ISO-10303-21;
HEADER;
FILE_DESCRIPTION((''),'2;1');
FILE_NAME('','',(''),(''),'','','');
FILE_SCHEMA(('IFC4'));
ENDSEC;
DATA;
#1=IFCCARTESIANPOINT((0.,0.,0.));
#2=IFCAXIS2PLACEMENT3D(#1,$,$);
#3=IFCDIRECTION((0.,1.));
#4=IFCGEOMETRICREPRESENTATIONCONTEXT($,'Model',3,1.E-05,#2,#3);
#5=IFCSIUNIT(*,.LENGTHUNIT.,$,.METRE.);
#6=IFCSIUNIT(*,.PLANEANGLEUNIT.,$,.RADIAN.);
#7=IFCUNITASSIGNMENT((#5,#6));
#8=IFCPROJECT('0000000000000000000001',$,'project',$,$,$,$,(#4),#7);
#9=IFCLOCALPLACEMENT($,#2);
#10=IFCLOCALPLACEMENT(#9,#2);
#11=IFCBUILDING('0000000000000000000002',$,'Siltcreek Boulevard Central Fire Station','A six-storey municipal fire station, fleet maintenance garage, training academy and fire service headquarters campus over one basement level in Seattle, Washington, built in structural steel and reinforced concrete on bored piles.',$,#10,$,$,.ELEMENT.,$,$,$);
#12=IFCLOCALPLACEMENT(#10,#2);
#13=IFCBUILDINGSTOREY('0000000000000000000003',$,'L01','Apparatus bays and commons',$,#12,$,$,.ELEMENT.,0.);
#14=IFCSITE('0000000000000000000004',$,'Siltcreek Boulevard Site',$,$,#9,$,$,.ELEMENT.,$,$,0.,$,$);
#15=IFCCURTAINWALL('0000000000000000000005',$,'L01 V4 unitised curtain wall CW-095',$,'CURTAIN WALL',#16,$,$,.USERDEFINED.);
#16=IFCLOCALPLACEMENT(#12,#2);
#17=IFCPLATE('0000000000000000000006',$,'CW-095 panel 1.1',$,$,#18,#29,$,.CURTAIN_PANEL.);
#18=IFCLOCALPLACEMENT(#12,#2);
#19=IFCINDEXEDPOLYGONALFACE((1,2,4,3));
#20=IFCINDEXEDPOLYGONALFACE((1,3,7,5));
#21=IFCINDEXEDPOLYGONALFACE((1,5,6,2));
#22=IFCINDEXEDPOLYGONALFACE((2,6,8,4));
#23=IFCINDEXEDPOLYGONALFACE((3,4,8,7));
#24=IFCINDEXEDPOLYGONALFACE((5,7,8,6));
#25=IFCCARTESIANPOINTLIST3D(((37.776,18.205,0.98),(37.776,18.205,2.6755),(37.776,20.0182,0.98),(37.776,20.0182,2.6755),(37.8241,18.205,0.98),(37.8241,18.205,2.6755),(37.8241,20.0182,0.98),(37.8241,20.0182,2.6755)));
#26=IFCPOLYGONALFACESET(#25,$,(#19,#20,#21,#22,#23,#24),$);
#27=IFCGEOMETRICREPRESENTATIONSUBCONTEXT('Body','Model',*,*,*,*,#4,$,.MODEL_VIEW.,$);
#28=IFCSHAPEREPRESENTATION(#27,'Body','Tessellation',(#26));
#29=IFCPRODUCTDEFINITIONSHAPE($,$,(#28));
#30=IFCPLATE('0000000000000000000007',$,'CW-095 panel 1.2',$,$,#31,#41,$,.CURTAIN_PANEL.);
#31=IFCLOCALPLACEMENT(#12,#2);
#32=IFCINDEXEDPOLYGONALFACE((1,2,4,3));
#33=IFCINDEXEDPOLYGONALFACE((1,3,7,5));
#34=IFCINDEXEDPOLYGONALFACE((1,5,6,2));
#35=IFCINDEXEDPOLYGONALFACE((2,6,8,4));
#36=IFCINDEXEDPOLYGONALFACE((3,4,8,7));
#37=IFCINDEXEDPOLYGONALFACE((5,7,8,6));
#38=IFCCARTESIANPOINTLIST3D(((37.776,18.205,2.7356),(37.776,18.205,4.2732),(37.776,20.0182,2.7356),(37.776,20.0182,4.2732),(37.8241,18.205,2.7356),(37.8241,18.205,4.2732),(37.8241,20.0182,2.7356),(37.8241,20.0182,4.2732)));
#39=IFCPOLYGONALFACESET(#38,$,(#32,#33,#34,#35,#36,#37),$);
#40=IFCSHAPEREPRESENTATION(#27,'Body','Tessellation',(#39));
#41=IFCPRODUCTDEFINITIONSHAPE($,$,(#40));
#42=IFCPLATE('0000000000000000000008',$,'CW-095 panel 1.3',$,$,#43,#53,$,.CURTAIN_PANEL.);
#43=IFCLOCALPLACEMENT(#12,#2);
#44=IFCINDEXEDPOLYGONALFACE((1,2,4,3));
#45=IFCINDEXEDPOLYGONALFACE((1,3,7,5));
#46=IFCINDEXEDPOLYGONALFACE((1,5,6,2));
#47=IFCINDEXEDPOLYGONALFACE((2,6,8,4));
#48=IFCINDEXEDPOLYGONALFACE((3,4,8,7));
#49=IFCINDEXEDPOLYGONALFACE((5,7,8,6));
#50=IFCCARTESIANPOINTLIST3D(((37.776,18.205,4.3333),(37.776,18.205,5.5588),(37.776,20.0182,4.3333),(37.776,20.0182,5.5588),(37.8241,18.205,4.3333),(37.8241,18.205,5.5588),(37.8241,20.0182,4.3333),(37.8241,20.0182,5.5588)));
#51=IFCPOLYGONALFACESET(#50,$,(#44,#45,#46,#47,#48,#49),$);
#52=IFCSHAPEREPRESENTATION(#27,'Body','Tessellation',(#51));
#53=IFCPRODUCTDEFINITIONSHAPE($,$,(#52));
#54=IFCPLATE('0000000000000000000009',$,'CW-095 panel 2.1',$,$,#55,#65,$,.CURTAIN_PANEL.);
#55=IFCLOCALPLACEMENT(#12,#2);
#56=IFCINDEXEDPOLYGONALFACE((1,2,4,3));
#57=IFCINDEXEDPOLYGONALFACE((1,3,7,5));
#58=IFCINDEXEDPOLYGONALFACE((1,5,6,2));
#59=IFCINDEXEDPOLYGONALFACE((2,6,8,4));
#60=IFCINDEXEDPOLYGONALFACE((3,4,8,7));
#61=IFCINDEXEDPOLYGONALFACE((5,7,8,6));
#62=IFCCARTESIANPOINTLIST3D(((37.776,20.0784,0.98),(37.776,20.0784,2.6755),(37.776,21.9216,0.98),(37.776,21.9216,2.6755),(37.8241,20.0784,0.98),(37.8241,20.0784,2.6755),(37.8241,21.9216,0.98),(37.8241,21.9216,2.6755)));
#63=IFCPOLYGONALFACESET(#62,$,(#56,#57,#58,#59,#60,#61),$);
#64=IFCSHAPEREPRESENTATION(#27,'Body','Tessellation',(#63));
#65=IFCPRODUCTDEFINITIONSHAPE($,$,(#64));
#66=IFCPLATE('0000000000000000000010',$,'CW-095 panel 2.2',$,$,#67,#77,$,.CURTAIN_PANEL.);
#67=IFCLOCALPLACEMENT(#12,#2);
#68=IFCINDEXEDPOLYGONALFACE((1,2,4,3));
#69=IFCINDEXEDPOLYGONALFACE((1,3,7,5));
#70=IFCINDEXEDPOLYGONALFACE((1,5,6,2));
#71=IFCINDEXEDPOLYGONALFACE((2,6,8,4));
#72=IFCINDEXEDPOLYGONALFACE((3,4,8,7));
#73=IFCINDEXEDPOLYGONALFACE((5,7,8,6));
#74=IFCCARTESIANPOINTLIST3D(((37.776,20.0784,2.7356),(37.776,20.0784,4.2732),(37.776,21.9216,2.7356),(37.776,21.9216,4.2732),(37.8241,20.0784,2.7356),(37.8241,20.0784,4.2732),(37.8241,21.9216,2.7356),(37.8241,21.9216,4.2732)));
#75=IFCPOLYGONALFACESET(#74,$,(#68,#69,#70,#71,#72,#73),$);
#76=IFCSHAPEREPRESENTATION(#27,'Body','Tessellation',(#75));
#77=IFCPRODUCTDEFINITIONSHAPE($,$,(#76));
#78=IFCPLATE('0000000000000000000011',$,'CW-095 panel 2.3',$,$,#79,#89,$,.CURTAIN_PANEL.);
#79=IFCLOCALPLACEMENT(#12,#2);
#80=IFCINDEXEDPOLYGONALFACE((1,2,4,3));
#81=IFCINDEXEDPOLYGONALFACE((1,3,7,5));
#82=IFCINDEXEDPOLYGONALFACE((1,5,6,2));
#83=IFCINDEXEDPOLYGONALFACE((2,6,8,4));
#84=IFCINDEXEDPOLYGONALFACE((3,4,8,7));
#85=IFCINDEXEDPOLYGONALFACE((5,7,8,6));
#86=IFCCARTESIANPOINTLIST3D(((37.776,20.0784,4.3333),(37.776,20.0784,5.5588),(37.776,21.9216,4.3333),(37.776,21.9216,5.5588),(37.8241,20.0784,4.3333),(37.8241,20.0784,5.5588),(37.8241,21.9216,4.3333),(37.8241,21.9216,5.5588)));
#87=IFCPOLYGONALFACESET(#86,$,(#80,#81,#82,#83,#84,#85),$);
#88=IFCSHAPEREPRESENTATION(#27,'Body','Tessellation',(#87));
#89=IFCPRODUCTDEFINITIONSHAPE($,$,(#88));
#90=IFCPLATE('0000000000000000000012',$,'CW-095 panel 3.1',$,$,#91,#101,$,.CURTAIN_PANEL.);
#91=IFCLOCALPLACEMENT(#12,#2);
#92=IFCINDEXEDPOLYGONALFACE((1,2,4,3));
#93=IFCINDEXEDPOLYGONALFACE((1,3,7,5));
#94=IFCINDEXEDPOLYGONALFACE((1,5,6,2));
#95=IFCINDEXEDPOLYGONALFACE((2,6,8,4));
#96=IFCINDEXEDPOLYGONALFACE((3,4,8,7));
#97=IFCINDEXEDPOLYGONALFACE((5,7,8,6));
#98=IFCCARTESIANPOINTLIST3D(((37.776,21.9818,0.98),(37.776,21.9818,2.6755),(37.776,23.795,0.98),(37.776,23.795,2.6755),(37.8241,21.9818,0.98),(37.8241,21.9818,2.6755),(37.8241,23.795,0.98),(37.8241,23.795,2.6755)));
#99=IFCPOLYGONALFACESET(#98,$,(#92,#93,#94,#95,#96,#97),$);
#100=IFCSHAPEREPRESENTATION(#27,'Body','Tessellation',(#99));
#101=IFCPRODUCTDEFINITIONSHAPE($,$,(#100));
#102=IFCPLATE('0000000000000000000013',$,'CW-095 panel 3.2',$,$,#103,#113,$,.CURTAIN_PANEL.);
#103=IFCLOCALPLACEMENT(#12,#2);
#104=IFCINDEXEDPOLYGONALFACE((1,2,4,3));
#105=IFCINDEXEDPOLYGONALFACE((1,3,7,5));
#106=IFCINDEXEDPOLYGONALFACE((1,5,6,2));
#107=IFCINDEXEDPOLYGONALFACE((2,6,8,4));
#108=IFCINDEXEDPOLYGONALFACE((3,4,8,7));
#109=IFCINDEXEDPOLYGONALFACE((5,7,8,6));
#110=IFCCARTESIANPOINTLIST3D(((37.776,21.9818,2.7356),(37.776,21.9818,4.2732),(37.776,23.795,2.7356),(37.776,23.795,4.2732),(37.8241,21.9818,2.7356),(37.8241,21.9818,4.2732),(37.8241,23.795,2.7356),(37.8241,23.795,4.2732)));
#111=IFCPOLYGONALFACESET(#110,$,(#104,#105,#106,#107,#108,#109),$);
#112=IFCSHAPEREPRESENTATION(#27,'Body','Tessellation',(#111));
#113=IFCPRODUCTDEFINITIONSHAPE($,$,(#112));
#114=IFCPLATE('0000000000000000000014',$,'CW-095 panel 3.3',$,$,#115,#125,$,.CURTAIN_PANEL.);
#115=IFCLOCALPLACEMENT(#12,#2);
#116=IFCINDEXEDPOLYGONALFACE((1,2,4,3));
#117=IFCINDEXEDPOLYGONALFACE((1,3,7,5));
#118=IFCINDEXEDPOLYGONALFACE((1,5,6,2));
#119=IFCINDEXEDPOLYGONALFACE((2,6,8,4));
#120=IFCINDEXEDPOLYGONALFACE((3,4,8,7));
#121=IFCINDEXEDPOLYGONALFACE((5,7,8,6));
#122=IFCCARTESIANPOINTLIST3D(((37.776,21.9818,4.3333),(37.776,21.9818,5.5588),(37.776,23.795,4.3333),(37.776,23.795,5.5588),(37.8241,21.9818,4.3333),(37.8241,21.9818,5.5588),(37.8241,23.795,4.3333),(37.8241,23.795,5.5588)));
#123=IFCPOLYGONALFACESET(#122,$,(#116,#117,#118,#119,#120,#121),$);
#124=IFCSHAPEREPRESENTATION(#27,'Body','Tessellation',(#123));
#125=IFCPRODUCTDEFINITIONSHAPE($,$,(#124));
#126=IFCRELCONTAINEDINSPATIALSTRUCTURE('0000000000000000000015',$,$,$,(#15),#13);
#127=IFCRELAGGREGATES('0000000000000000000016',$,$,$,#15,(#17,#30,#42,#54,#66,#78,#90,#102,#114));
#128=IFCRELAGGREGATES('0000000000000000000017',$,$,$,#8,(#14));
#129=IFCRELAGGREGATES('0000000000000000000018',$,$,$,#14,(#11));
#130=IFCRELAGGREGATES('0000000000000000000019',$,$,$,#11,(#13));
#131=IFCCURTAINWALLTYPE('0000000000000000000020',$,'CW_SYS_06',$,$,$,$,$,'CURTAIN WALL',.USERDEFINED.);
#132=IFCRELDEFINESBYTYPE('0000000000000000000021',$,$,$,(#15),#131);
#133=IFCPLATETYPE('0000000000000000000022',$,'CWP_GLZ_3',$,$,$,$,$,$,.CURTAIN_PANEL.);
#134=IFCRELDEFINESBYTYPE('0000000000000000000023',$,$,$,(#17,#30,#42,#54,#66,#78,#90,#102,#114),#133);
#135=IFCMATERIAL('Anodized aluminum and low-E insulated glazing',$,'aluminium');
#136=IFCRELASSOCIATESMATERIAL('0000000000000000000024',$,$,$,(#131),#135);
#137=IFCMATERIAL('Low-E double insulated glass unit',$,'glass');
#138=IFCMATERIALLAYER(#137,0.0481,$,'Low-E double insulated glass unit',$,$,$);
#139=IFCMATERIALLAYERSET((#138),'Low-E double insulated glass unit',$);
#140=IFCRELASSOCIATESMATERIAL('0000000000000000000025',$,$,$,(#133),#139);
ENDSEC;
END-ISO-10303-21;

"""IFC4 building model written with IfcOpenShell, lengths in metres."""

from ifc_helpers import new_model, si_unit, direction, frame, origin, origin_2d, place, context, subcontext, project, spatial, rectangle, extrude, material, layer, layer_set, type_object, element, aggregate, save


model = new_model("IFC4")

# Units and contexts
model_context = context("Model", 3, precision=1e-05, world=origin(), true_north=direction((0.0, 1.0)))
body_context = subcontext(model_context, "Body", "Model", "MODEL_VIEW")
ifc_project = project(units=[si_unit("LENGTHUNIT", "METRE"), si_unit("PLANEANGLEUNIT", "RADIAN")], contexts=[model_context])

# Site, building, storey
site_placement = place(None, origin())
site = spatial("IfcSite", under=ifc_project, at=site_placement, Name="Siltcreek Boulevard Site", CompositionType="ELEMENT", RefElevation=0.0)
building_placement = place(site_placement, origin())
building = spatial("IfcBuilding", under=site, at=building_placement, Name="Siltcreek Boulevard Central Fire Station", Description="A six-storey municipal fire station, fleet maintenance garage, training academy and fire service headquarters campus over one basement level in Seattle, Washington, built in structural steel and reinforced concrete on bored piles.", CompositionType="ELEMENT")
storey_placement = place(building_placement, origin())
storey = spatial("IfcBuildingStorey", under=building, at=storey_placement, Name="L01", Description="Apparatus bays and commons", CompositionType="ELEMENT", Elevation=0.0)

# Curtain wall
ifc_material_1 = material(Name="Anodized aluminum and low-E insulated glazing", Category="aluminium")
curtain_wall_type = type_object("IfcCurtainWallType", Name="CW_SYS_06", ElementType="CURTAIN WALL", PredefinedType="USERDEFINED", material=ifc_material_1)
curtain_wall_placement = place(storey_placement, origin())
curtain_wall = element("IfcCurtainWall", 1, at=curtain_wall_placement, inside=storey, type_object=curtain_wall_type, Name="L01 V4 unitised curtain wall CW-095", ObjectType="CURTAIN WALL", PredefinedType="USERDEFINED")

# Plates
ifc_material_2 = material(Name="Low-E double insulated glass unit", Category="glass")
ifc_layer = layer(ifc_material_2, 0.0481, Name="Low-E double insulated glass unit")
ifc_layer_set = layer_set([ifc_layer], Name="Low-E double insulated glass unit")
plate_type = type_object("IfcPlateType", Name="CWP_GLZ_3", PredefinedType="CURTAIN_PANEL", material=ifc_layer_set)
plate_1_placement = place(storey_placement, frame((37.8, 19.1116, 0.98), z_axis=(0.0, 0.0, 1.0), x_axis=(0.0, 1.0, 0.0)))
plate_1 = element("IfcPlate", 2, at=plate_1_placement, type_object=plate_type, Name="CW-095 panel 1.1", PredefinedType="CURTAIN_PANEL", context=body_context, shape_type="SweptSolid", body=[
    extrude(rectangle(XDim=1.8132, YDim=0.0481, at=origin_2d()), origin(), (0.0, 0.0, 1.0), 1.6956),
])
plate_2_placement = place(storey_placement, frame((37.8, 19.1116, 2.7356), z_axis=(0.0, 0.0, 1.0), x_axis=(0.0, 1.0, 0.0)))
plate_2 = element("IfcPlate", 3, at=plate_2_placement, type_object=plate_type, Name="CW-095 panel 1.2", PredefinedType="CURTAIN_PANEL", context=body_context, shape_type="SweptSolid", body=[
    extrude(rectangle(XDim=1.8132, YDim=0.0481, at=origin_2d()), origin(), (0.0, 0.0, 1.0), 1.5376),
])
plate_3_placement = place(storey_placement, frame((37.8, 19.1116, 4.3333), z_axis=(0.0, 0.0, 1.0), x_axis=(0.0, 1.0, 0.0)))
plate_3 = element("IfcPlate", 4, at=plate_3_placement, type_object=plate_type, Name="CW-095 panel 1.3", PredefinedType="CURTAIN_PANEL", context=body_context, shape_type="SweptSolid", body=[
    extrude(rectangle(XDim=1.8132, YDim=0.0481, at=origin_2d()), origin(), (0.0, 0.0, 1.0), 1.2256),
])
plate_4_placement = place(storey_placement, frame((37.8, 21.0, 0.98), z_axis=(0.0, 0.0, 1.0), x_axis=(0.0, 1.0, 0.0)))
plate_4 = element("IfcPlate", 5, at=plate_4_placement, type_object=plate_type, Name="CW-095 panel 2.1", PredefinedType="CURTAIN_PANEL", context=body_context, shape_type="SweptSolid", body=[
    extrude(rectangle(XDim=1.8433, YDim=0.0481, at=origin_2d()), origin(), (0.0, 0.0, 1.0), 1.6956),
])
plate_5_placement = place(storey_placement, frame((37.8, 21.0, 2.7356), z_axis=(0.0, 0.0, 1.0), x_axis=(0.0, 1.0, 0.0)))
plate_5 = element("IfcPlate", 6, at=plate_5_placement, type_object=plate_type, Name="CW-095 panel 2.2", PredefinedType="CURTAIN_PANEL", context=body_context, shape_type="SweptSolid", body=[
    extrude(rectangle(XDim=1.8433, YDim=0.0481, at=origin_2d()), origin(), (0.0, 0.0, 1.0), 1.5376),
])
plate_6_placement = place(storey_placement, frame((37.8, 21.0, 4.3333), z_axis=(0.0, 0.0, 1.0), x_axis=(0.0, 1.0, 0.0)))
plate_6 = element("IfcPlate", 7, at=plate_6_placement, type_object=plate_type, Name="CW-095 panel 2.3", PredefinedType="CURTAIN_PANEL", context=body_context, shape_type="SweptSolid", body=[
    extrude(rectangle(XDim=1.8433, YDim=0.0481, at=origin_2d()), origin(), (0.0, 0.0, 1.0), 1.2256),
])
plate_7_placement = place(storey_placement, frame((37.8, 22.8884, 0.98), z_axis=(0.0, 0.0, 1.0), x_axis=(0.0, 1.0, 0.0)))
plate_7 = element("IfcPlate", 8, at=plate_7_placement, type_object=plate_type, Name="CW-095 panel 3.1", PredefinedType="CURTAIN_PANEL", context=body_context, shape_type="SweptSolid", body=[
    extrude(rectangle(XDim=1.8132, YDim=0.0481, at=origin_2d()), origin(), (0.0, 0.0, 1.0), 1.6956),
])
plate_8_placement = place(storey_placement, frame((37.8, 22.8884, 2.7356), z_axis=(0.0, 0.0, 1.0), x_axis=(0.0, 1.0, 0.0)))
plate_8 = element("IfcPlate", 9, at=plate_8_placement, type_object=plate_type, Name="CW-095 panel 3.2", PredefinedType="CURTAIN_PANEL", context=body_context, shape_type="SweptSolid", body=[
    extrude(rectangle(XDim=1.8132, YDim=0.0481, at=origin_2d()), origin(), (0.0, 0.0, 1.0), 1.5376),
])
plate_9_placement = place(storey_placement, frame((37.8, 22.8884, 4.3333), z_axis=(0.0, 0.0, 1.0), x_axis=(0.0, 1.0, 0.0)))
plate_9 = element("IfcPlate", 10, at=plate_9_placement, type_object=plate_type, Name="CW-095 panel 3.3", PredefinedType="CURTAIN_PANEL", context=body_context, shape_type="SweptSolid", body=[
    extrude(rectangle(XDim=1.8132, YDim=0.0481, at=origin_2d()), origin(), (0.0, 0.0, 1.0), 1.2256),
])
aggregate(curtain_wall, [plate_1, plate_2, plate_3, plate_4, plate_5, plate_6, plate_7, plate_8, plate_9])

save(model, "model.ifc")
